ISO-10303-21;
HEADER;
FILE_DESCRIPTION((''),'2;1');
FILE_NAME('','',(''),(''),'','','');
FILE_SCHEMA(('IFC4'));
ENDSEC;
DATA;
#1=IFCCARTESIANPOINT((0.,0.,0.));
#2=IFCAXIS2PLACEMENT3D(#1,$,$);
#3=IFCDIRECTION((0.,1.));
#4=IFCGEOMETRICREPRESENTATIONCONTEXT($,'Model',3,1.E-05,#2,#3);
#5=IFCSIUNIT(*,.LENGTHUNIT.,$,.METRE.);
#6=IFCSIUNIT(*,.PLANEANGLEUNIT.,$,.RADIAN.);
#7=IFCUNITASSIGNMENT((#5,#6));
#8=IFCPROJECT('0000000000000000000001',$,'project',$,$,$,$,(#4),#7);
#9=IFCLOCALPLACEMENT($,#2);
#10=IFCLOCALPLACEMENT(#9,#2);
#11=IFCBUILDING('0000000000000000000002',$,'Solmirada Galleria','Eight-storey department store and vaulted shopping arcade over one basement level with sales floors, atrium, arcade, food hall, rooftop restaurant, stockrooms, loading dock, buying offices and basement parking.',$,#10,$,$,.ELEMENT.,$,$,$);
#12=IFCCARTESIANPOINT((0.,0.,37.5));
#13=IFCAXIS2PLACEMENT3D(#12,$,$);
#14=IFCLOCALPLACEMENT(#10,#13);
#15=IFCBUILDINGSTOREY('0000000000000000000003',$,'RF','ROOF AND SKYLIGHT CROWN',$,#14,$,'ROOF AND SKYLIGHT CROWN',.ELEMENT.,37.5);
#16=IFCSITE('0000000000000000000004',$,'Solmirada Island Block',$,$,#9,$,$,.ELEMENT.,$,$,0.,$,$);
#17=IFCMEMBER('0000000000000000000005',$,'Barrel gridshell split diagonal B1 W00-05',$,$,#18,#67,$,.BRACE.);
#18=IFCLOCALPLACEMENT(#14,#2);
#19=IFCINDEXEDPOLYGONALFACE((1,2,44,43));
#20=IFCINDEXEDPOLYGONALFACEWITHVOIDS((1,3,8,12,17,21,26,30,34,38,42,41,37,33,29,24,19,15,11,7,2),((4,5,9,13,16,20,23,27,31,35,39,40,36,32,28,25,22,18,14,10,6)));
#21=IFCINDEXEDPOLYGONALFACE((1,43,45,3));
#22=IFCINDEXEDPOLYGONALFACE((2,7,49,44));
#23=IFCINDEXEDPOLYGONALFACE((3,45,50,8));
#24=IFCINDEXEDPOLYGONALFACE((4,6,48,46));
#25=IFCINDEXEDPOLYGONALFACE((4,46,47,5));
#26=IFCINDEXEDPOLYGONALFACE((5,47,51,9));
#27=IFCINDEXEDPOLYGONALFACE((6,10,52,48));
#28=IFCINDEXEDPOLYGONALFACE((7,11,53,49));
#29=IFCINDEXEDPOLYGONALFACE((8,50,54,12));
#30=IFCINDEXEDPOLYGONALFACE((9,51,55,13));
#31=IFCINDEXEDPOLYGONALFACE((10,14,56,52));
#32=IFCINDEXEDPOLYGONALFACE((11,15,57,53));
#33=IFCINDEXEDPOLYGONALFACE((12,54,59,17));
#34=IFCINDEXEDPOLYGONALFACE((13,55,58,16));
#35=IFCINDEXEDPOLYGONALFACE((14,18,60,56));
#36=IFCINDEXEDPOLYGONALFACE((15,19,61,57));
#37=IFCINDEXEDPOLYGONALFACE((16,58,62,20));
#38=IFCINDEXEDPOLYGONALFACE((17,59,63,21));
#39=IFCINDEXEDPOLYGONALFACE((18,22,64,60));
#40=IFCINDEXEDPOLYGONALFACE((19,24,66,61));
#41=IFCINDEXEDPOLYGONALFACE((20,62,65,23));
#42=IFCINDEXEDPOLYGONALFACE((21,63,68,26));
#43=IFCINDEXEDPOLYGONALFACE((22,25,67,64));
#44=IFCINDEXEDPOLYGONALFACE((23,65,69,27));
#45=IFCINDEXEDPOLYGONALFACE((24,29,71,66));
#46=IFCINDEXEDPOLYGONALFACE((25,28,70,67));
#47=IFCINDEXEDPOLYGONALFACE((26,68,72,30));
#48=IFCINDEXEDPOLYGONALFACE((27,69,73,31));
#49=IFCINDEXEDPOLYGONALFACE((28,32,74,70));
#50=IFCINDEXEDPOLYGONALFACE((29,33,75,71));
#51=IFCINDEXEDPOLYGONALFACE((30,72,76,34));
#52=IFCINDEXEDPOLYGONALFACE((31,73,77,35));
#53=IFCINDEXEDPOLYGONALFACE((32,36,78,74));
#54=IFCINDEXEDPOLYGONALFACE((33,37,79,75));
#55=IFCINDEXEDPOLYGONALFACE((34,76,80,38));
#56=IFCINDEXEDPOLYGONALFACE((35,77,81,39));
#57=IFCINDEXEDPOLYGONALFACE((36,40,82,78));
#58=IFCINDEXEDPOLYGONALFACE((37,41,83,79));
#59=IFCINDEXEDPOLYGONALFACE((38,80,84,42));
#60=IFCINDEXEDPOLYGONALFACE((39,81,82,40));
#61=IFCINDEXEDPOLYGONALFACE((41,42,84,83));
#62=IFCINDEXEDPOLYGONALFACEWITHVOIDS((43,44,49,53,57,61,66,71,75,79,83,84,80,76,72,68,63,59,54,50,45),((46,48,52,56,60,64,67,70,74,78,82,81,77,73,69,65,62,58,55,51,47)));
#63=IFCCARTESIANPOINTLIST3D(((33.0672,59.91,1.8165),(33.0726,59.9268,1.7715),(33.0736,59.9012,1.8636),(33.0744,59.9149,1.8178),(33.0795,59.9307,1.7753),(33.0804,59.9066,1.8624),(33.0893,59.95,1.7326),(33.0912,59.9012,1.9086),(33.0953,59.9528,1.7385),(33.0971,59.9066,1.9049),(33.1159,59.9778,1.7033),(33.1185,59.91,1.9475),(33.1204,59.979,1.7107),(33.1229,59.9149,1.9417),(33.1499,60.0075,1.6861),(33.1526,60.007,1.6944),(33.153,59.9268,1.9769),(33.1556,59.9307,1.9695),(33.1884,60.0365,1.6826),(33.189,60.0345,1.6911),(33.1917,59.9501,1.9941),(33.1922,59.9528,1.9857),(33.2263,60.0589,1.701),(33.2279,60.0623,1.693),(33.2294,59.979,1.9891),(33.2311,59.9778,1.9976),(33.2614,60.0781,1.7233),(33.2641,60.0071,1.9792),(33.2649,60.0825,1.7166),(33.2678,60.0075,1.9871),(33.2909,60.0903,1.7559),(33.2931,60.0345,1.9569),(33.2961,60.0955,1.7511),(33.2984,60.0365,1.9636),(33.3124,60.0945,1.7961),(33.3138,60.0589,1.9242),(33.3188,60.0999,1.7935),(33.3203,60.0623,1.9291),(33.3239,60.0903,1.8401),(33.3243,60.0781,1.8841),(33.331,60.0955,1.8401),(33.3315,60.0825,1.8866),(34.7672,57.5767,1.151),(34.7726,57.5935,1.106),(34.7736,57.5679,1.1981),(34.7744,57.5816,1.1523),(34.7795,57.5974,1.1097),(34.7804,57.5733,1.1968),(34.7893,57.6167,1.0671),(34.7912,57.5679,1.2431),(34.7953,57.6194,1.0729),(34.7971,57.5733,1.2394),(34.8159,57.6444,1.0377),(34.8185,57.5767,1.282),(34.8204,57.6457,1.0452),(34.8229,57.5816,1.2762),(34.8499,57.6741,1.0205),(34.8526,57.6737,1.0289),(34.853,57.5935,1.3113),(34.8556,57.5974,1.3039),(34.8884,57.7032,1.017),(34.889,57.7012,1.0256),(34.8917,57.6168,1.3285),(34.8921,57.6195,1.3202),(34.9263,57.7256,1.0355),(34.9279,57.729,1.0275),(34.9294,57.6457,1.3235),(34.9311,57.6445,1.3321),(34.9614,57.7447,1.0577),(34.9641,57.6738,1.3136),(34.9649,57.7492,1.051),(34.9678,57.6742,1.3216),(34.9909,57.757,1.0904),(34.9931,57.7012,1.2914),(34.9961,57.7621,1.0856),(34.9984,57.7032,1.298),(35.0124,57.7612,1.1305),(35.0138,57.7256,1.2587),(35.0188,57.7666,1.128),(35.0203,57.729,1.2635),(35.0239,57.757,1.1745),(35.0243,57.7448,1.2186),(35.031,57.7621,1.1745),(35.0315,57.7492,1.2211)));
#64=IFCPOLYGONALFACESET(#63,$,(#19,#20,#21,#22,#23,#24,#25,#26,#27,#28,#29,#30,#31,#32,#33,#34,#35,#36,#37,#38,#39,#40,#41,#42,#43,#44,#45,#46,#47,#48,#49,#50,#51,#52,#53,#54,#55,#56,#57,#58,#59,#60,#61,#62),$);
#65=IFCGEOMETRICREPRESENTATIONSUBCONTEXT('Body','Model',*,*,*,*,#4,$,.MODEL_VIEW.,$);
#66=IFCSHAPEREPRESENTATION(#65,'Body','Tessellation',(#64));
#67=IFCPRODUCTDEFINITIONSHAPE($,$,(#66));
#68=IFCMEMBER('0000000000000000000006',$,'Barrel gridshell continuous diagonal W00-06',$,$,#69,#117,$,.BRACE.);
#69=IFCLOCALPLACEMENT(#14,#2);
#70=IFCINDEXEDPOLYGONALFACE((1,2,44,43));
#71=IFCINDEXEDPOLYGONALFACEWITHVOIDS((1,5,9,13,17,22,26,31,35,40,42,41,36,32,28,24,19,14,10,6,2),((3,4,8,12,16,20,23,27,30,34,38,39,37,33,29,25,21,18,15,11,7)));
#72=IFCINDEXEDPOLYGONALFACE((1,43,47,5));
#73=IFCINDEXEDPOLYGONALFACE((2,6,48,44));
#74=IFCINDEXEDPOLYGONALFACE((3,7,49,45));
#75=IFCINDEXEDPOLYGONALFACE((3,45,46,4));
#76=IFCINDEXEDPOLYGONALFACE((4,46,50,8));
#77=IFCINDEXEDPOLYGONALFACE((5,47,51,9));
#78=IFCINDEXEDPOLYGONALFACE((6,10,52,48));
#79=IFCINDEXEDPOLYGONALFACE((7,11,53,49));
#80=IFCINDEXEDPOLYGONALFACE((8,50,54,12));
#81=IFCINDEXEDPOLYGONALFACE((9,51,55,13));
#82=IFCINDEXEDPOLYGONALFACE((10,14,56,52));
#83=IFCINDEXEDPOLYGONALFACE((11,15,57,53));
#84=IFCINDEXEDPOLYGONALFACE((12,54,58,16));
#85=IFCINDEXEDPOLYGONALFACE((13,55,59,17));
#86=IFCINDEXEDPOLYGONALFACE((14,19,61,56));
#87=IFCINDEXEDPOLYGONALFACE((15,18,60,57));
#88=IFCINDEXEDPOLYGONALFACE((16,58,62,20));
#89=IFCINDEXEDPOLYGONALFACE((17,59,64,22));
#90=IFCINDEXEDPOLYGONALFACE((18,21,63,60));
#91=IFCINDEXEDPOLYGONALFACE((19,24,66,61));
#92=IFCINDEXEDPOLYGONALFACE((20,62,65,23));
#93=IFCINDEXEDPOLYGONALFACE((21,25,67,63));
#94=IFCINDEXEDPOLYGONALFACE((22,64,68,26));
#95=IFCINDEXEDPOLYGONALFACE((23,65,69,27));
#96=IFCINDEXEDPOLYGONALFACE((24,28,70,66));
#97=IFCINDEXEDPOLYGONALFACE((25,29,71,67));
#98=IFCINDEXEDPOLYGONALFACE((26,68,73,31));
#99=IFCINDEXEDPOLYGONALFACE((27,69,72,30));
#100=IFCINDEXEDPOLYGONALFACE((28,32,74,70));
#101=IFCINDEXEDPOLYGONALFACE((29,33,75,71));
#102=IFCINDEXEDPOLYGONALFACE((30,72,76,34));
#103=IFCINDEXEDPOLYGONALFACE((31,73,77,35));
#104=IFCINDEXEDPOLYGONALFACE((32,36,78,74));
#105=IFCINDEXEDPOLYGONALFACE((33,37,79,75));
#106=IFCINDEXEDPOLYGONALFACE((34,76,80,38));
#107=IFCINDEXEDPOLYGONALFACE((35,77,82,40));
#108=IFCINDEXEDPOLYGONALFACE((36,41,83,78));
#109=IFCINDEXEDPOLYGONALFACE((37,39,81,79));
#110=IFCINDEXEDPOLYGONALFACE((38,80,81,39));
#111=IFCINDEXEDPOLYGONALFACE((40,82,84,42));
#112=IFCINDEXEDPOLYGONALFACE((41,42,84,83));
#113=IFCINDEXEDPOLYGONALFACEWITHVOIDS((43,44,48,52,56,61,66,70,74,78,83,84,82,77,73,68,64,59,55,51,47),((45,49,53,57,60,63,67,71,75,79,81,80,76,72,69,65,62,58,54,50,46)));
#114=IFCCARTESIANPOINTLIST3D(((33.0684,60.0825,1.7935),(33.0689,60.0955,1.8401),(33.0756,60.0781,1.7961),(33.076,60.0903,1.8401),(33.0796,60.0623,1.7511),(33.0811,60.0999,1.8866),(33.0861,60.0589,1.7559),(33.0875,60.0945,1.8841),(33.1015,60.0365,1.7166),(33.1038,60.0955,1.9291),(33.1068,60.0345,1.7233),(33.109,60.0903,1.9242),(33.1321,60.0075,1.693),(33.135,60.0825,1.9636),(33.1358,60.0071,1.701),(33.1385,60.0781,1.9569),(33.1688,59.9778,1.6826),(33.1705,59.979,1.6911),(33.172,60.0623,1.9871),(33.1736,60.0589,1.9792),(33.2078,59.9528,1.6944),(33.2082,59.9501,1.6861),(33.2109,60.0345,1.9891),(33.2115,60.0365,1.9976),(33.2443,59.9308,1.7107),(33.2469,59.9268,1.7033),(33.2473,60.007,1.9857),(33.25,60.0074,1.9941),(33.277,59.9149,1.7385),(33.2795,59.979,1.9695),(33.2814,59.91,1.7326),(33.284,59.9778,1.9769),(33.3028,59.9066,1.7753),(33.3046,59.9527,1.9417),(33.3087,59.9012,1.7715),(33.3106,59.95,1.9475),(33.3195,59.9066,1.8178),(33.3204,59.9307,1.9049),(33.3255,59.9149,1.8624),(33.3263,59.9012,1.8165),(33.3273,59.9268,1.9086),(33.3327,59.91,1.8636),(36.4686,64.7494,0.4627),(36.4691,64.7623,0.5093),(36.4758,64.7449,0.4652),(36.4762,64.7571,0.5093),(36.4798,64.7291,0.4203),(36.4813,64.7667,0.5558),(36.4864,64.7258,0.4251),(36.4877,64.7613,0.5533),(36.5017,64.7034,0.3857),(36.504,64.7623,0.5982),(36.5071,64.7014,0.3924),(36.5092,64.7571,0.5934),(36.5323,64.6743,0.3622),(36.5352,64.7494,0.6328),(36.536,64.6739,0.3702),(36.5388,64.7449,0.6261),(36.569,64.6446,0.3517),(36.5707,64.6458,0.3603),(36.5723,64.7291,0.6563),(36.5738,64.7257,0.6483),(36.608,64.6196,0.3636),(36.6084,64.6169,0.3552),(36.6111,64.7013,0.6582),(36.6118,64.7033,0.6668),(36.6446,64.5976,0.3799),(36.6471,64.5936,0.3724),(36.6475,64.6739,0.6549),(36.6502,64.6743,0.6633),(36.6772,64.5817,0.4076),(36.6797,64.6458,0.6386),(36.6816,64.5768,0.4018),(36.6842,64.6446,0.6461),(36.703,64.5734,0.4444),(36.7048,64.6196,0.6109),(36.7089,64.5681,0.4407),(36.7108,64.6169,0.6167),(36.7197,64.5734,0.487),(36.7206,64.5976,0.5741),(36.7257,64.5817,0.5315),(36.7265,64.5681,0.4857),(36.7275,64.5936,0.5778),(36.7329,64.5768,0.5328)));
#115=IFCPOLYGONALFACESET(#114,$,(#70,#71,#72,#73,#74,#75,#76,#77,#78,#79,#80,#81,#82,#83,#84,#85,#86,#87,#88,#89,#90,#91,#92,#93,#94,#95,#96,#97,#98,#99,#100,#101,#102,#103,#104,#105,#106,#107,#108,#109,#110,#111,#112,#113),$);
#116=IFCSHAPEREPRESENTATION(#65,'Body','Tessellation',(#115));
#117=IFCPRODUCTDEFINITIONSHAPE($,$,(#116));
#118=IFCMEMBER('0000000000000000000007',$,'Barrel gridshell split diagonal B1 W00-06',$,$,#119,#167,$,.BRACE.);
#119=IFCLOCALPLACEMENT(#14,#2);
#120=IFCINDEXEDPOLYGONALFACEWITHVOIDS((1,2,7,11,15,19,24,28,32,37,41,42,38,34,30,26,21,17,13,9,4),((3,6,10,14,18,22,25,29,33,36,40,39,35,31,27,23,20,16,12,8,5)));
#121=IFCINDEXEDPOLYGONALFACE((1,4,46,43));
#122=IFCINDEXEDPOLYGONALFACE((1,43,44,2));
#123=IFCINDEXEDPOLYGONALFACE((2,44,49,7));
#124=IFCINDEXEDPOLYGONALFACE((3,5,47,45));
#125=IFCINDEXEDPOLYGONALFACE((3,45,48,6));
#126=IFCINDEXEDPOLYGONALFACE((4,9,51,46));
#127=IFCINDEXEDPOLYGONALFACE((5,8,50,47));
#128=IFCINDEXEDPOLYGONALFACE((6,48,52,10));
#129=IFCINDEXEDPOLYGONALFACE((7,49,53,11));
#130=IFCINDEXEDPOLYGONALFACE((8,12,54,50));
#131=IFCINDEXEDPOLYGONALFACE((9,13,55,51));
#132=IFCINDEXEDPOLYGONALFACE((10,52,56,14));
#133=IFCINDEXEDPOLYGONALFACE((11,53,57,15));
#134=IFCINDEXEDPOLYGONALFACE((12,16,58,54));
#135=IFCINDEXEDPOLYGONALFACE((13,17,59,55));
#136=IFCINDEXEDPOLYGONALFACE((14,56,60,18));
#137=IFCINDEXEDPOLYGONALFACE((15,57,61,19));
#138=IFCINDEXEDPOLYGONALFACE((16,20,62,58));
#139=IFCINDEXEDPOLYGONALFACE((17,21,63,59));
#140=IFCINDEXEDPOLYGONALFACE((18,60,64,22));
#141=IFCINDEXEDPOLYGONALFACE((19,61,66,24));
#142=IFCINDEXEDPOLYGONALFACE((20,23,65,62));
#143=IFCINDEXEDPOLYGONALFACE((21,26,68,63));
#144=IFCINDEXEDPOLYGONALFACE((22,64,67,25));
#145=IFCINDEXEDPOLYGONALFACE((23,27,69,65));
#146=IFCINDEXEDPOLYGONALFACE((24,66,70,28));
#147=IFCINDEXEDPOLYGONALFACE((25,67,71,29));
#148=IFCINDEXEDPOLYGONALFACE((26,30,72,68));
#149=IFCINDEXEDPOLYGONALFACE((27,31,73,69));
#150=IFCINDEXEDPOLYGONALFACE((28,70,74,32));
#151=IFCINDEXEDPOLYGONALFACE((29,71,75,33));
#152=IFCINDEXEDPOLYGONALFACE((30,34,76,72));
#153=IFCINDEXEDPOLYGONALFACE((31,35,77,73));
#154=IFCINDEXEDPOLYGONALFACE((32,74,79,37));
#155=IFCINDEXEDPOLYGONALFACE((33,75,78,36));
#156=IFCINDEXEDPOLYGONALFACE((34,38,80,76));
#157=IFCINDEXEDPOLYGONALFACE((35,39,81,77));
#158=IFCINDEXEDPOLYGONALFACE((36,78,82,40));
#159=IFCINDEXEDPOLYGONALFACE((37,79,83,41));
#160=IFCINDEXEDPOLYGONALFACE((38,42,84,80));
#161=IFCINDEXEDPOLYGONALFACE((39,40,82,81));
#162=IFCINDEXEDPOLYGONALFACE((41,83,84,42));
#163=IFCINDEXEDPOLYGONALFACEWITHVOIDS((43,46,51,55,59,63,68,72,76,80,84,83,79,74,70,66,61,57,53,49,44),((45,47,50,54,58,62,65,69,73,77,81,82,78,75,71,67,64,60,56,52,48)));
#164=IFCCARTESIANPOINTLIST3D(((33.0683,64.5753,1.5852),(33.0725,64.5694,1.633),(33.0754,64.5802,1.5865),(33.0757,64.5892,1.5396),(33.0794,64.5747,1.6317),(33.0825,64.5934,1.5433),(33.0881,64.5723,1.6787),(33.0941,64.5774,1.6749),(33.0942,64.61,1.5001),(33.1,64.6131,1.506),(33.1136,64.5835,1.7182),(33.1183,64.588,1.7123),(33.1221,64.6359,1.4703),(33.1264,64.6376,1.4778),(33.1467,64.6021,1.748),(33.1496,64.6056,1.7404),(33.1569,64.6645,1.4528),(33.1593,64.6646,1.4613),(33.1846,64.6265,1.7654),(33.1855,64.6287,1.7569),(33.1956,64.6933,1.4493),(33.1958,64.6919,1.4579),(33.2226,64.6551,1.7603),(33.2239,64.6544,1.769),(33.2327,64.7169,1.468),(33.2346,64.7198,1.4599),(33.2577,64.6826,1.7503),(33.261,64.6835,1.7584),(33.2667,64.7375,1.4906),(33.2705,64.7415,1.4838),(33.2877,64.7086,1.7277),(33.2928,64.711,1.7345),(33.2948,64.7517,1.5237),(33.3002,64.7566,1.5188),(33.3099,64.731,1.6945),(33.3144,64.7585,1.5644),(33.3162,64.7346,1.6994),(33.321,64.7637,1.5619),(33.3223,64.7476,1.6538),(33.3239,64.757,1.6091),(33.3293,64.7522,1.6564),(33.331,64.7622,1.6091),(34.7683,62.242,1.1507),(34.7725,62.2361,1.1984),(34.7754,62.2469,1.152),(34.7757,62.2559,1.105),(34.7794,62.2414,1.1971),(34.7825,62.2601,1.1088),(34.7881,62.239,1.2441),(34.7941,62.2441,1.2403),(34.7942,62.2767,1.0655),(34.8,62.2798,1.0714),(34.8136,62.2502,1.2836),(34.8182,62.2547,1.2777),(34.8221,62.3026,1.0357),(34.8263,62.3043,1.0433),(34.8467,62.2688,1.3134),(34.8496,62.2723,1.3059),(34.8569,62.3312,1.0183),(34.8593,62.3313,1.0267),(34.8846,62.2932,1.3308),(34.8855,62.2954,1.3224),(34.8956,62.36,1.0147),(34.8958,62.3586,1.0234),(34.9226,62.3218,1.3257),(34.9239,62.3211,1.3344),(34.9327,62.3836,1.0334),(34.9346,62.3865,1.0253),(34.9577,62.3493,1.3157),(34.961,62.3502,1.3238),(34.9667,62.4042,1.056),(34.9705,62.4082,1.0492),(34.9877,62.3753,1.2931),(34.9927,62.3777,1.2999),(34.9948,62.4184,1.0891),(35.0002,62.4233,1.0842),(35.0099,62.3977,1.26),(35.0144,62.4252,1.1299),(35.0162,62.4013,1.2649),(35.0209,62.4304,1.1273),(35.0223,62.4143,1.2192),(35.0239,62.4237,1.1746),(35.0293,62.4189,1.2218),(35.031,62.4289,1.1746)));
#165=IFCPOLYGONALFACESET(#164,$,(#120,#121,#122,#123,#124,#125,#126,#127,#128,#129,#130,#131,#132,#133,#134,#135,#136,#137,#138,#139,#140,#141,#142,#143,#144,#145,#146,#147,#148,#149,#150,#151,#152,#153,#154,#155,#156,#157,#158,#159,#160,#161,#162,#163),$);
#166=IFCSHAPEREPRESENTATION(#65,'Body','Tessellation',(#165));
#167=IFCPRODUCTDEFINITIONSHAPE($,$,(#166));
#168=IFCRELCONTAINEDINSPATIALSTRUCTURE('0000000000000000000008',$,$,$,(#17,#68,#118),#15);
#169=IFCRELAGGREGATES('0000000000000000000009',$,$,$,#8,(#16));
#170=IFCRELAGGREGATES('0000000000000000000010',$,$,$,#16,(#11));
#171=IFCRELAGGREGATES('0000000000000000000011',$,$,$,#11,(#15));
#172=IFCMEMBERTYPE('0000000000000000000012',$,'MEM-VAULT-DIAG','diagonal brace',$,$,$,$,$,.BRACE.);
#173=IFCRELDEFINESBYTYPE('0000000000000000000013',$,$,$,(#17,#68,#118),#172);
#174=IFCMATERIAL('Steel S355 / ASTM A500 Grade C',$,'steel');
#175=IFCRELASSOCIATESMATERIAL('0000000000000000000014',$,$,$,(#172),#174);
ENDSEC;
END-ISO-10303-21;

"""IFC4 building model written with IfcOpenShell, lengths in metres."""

from ifc_helpers import new_model, si_unit, direction, frame, origin, origin_2d, place, context, subcontext, project, spatial, hollow_circle, extrude, material, material_profile, profile_set, type_object, element, save


model = new_model("IFC4")

# Units and contexts
model_context = context("Model", 3, precision=1e-05, world=origin(), true_north=direction((0.0, 1.0)))
body_context = subcontext(model_context, "Body", "Model", "MODEL_VIEW")
ifc_project = project(units=[si_unit("LENGTHUNIT", "METRE"), si_unit("PLANEANGLEUNIT", "RADIAN")], contexts=[model_context])

# Site, building, storey
site_placement = place(None, origin())
site = spatial("IfcSite", under=ifc_project, at=site_placement, Name="Solmirada Island Block", CompositionType="ELEMENT", RefElevation=0.0)
building_placement = place(site_placement, origin())
building = spatial("IfcBuilding", under=site, at=building_placement, Name="Solmirada Galleria", Description="Eight-storey department store and vaulted shopping arcade over one basement level with sales floors, atrium, arcade, food hall, rooftop restaurant, stockrooms, loading dock, buying offices and basement parking.", CompositionType="ELEMENT")
storey_placement = place(building_placement, frame((0.0, 0.0, 37.5)))
storey = spatial("IfcBuildingStorey", under=building, at=storey_placement, Name="RF", Description="ROOF AND SKYLIGHT CROWN", LongName="ROOF AND SKYLIGHT CROWN", CompositionType="ELEMENT", Elevation=37.5)

# Members
ifc_material_1 = material(Name="Steel S355 / ASTM A500 Grade C", Category="steel")
ifc_material_profile_1 = material_profile(ifc_material_1, hollow_circle(Radius=0.1621, WallThickness=0.0088, at=origin_2d()), Name="HSS12.750X0.375")
ifc_profile_set_1 = profile_set([ifc_material_profile_1], Name="Steel S355 / ASTM A500 Grade C")
member_type_1 = type_object("IfcMemberType", Name="MEM-VAULT-DIAG", Description="diagonal brace", PredefinedType="BRACE", material=ifc_profile_set_1)
member_1_placement = place(storey_placement, frame((33.2, 60.0, 1.8401), z_axis=(0.573809, -0.787577, -0.224645), x_axis=(0.808235, 0.58886, 0.0)))
element("IfcMember", 1, at=member_1_placement, inside=storey, type_object=member_type_1, Name="Barrel gridshell split diagonal B1 W00-05", PredefinedType="BRACE", context=body_context, shape_type="SweptSolid", body=[
    extrude(hollow_circle(Radius=0.1621, WallThickness=0.0088, at=origin_2d()), origin(), (0.0, 0.0, 1.0), 2.9626),
])
member_2_placement = place(storey_placement, frame((33.2, 60.0, 1.8401), z_axis=(0.573824, 0.787581, -0.224593), x_axis=(-0.808229, 0.588868, 0.0)))
element("IfcMember", 2, at=member_2_placement, inside=storey, type_object=member_type_1, Name="Barrel gridshell continuous diagonal W00-06", PredefinedType="BRACE", context=body_context, shape_type="SweptSolid", body=[
    extrude(hollow_circle(Radius=0.1621, WallThickness=0.0088, at=origin_2d()), origin(), (0.0, 0.0, 1.0), 5.9255),
])
member_3_placement = place(storey_placement, frame((33.2, 64.6667, 1.6091), z_axis=(0.5823, -0.79923, -0.148857), x_axis=(0.808235, 0.58886, 0.0)))
element("IfcMember", 3, at=member_3_placement, inside=storey, type_object=member_type_1, Name="Barrel gridshell split diagonal B1 W00-06", PredefinedType="BRACE", context=body_context, shape_type="SweptSolid", body=[
    extrude(hollow_circle(Radius=0.1621, WallThickness=0.0088, at=origin_2d()), origin(), (0.0, 0.0, 1.0), 2.9194),
])

save(model, "model.ifc")
